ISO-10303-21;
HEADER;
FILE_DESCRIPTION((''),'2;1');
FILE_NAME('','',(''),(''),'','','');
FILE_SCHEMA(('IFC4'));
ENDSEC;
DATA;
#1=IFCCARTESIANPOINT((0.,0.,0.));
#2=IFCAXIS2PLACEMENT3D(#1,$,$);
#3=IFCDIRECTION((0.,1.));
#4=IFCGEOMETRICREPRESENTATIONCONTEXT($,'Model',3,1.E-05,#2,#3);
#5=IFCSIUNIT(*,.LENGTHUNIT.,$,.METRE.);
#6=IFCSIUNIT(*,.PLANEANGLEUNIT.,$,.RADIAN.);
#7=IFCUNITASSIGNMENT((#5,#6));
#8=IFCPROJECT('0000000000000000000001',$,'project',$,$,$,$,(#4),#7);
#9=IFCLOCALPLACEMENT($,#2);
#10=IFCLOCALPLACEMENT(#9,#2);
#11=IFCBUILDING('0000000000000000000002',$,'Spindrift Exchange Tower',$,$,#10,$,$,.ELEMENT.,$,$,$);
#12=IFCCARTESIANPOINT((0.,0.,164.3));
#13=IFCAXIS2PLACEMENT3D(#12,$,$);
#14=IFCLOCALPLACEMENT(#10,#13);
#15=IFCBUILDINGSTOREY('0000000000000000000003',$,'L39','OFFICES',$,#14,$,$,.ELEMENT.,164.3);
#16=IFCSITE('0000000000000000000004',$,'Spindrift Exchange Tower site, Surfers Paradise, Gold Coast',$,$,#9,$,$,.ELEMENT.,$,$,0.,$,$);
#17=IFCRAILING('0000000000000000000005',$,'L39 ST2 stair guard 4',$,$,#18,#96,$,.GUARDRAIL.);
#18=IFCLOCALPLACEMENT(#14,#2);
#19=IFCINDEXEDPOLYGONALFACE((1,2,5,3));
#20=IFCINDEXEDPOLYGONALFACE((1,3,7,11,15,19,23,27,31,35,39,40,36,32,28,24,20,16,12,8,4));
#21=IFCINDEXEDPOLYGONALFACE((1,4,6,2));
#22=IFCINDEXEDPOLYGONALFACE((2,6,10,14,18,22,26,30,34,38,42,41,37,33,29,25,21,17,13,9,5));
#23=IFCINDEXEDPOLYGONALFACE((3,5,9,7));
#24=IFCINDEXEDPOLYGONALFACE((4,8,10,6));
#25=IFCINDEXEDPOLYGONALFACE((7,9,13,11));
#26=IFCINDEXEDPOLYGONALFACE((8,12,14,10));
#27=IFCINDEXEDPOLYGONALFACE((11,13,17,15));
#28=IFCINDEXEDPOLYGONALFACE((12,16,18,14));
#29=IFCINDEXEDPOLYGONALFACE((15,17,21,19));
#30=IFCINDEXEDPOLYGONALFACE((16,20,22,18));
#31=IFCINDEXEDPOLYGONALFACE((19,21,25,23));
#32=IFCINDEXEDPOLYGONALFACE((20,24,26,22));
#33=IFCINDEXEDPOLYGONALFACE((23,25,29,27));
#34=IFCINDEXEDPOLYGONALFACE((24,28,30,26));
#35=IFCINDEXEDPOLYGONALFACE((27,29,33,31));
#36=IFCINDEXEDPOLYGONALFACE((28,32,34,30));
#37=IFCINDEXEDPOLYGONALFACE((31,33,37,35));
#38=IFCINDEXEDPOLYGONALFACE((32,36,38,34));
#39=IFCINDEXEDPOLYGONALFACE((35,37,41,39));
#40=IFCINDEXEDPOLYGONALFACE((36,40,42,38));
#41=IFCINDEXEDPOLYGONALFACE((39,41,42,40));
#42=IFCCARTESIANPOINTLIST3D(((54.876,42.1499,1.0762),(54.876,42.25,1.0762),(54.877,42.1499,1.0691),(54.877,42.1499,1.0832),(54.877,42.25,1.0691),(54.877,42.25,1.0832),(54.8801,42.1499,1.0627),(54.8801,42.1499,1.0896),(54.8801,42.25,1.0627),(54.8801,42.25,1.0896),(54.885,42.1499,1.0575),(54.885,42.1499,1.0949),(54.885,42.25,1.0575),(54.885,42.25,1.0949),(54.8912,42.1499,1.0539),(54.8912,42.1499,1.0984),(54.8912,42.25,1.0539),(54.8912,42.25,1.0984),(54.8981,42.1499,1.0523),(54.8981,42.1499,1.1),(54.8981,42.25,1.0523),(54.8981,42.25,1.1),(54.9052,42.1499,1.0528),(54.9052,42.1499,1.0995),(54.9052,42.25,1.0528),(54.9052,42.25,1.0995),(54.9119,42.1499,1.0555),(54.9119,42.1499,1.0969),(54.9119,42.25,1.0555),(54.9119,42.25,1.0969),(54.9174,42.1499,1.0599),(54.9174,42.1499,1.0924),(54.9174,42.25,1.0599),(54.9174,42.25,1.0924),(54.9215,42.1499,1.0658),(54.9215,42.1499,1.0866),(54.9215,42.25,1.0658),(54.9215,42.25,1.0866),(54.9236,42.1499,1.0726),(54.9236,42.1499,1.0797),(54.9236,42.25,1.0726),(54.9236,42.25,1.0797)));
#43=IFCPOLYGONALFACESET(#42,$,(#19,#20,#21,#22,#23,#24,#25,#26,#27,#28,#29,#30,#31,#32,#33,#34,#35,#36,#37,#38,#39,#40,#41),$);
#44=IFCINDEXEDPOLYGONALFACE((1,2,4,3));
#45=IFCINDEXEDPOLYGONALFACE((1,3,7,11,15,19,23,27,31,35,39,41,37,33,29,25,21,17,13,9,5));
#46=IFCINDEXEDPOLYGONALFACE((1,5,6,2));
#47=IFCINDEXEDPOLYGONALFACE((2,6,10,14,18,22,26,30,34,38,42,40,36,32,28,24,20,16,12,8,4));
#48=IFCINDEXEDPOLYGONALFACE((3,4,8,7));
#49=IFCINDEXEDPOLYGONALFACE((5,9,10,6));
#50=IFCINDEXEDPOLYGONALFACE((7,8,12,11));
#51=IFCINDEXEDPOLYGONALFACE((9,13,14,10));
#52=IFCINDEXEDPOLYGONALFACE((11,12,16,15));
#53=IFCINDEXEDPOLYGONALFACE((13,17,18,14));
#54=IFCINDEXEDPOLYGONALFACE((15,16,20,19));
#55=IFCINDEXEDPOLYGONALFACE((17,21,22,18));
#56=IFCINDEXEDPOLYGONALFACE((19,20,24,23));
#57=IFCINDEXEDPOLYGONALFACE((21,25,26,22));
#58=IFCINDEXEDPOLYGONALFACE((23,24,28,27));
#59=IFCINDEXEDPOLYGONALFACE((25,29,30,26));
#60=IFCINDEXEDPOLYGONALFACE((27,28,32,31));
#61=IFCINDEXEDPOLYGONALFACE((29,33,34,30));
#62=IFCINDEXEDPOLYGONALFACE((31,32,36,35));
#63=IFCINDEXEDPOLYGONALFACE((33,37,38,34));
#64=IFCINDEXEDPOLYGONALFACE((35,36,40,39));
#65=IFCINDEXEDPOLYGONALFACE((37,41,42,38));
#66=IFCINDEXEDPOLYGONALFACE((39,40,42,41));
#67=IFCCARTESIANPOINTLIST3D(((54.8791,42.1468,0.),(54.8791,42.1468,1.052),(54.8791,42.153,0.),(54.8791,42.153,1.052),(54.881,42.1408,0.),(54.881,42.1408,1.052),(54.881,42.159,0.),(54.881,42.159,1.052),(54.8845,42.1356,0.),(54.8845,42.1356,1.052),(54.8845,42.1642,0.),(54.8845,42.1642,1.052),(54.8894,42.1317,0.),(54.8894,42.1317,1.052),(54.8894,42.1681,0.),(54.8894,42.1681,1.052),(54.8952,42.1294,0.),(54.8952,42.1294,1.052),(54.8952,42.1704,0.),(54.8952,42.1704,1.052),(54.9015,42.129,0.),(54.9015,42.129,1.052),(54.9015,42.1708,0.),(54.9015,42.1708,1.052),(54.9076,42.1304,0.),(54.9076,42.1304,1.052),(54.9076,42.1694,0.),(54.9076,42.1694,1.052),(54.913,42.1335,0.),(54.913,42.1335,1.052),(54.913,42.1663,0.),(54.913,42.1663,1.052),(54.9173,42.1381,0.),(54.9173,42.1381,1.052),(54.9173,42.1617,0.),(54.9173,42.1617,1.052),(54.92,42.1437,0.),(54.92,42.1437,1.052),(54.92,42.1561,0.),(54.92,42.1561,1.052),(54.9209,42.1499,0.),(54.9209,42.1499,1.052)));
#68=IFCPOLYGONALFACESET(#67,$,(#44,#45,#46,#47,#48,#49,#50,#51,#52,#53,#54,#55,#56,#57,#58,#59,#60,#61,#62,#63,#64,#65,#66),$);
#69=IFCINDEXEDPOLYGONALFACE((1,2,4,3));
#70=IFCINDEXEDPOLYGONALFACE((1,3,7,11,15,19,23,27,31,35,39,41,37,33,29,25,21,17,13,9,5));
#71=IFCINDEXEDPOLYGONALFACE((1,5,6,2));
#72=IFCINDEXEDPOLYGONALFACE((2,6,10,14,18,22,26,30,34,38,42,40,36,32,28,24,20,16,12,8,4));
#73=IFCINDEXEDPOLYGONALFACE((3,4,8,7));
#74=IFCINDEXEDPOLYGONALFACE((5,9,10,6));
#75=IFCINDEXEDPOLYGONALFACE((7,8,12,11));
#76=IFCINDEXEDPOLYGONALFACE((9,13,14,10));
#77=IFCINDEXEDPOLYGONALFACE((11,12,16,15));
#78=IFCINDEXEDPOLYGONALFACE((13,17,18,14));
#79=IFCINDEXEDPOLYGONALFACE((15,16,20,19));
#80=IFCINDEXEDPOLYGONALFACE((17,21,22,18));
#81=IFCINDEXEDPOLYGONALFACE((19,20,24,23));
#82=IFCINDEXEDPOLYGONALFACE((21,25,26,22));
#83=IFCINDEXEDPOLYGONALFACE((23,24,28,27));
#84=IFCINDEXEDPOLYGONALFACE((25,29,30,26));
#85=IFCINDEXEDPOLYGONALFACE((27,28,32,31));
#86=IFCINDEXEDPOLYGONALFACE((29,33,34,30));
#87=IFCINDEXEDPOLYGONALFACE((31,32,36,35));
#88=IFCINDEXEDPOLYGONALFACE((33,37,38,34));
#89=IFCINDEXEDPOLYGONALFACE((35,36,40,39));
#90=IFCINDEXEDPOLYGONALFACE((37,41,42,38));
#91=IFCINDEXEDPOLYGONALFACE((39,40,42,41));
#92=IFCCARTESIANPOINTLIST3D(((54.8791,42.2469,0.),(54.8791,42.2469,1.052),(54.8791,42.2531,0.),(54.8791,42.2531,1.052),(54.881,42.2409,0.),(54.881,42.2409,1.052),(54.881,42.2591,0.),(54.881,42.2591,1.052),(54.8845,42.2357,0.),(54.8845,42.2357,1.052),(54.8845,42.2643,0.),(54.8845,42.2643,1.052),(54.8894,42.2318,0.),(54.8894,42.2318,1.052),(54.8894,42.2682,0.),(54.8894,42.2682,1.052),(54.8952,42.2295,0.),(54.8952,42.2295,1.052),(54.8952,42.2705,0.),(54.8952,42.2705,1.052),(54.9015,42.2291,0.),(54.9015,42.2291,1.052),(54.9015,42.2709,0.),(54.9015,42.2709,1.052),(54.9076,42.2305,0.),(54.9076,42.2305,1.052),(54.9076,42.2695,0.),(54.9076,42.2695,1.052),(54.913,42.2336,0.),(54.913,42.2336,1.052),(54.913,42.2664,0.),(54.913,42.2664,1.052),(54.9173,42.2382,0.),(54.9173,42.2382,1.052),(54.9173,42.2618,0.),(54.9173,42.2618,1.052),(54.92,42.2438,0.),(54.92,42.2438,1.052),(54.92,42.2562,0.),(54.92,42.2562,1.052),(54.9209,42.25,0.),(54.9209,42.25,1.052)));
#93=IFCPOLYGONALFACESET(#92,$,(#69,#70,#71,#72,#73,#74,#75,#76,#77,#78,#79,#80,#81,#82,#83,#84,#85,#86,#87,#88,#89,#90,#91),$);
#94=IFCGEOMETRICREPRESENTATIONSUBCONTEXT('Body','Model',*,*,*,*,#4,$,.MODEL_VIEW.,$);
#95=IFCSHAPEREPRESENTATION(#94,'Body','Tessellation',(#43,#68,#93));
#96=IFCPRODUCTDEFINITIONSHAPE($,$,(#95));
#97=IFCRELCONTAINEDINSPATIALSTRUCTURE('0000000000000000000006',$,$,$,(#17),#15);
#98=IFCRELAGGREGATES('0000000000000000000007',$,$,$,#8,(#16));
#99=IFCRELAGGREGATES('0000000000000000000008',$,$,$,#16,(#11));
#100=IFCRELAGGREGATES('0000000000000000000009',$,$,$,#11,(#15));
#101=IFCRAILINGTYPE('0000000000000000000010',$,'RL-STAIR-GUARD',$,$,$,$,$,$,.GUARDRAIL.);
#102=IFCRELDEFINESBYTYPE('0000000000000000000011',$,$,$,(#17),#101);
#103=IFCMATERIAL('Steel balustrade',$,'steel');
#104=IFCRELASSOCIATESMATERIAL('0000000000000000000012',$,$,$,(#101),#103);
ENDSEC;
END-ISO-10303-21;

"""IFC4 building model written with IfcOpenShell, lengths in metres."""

from ifc_helpers import new_model, si_unit, direction, frame, origin, origin_2d, place, context, subcontext, project, spatial, circle, extrude, material, type_object, element, save


model = new_model("IFC4")

# Units and contexts
model_context = context("Model", 3, precision=1e-05, world=origin(), true_north=direction((0.0, 1.0)))
body_context = subcontext(model_context, "Body", "Model", "MODEL_VIEW")
ifc_project = project(units=[si_unit("LENGTHUNIT", "METRE"), si_unit("PLANEANGLEUNIT", "RADIAN")], contexts=[model_context])

# Site, building, storey
site_placement = place(None, origin())
site = spatial("IfcSite", under=ifc_project, at=site_placement, Name="Spindrift Exchange Tower site, Surfers Paradise, Gold Coast", CompositionType="ELEMENT", RefElevation=0.0)
building_placement = place(site_placement, origin())
building = spatial("IfcBuilding", under=site, at=building_placement, Name="Spindrift Exchange Tower", CompositionType="ELEMENT")
storey_placement = place(building_placement, frame((0.0, 0.0, 164.3)))
storey = spatial("IfcBuildingStorey", under=building, at=storey_placement, Name="L39", Description="OFFICES", CompositionType="ELEMENT", Elevation=164.3)

# Railing
ifc_material_1 = material(Name="Steel balustrade", Category="steel")
railing_type_1 = type_object("IfcRailingType", Name="RL-STAIR-GUARD", PredefinedType="GUARDRAIL", material=ifc_material_1)
railing_1_placement = place(storey_placement, frame((54.8999, 42.1499, 0.0)))
element("IfcRailing", 1, at=railing_1_placement, inside=storey, type_object=railing_type_1, Name="L39 ST2 stair guard 4", PredefinedType="GUARDRAIL", context=body_context, shape_type="SweptSolid", body=[
    extrude(circle(Radius=0.0239, at=origin_2d()), frame((0.0, 0.0, 1.0762), z_axis=(0.0, 1.0, 0.0), x_axis=(-1.0, 0.0, 0.0)), (0.0, 0.0, 1.0), 0.1001),
    extrude(circle(Radius=0.021, at=origin_2d()), origin(), (0.0, 0.0, 1.0), 1.052),
    extrude(circle(Radius=0.021, at=origin_2d()), frame((0.0, 0.1001, 0.0)), (0.0, 0.0, 1.0), 1.052),
])

save(model, "model.ifc")
